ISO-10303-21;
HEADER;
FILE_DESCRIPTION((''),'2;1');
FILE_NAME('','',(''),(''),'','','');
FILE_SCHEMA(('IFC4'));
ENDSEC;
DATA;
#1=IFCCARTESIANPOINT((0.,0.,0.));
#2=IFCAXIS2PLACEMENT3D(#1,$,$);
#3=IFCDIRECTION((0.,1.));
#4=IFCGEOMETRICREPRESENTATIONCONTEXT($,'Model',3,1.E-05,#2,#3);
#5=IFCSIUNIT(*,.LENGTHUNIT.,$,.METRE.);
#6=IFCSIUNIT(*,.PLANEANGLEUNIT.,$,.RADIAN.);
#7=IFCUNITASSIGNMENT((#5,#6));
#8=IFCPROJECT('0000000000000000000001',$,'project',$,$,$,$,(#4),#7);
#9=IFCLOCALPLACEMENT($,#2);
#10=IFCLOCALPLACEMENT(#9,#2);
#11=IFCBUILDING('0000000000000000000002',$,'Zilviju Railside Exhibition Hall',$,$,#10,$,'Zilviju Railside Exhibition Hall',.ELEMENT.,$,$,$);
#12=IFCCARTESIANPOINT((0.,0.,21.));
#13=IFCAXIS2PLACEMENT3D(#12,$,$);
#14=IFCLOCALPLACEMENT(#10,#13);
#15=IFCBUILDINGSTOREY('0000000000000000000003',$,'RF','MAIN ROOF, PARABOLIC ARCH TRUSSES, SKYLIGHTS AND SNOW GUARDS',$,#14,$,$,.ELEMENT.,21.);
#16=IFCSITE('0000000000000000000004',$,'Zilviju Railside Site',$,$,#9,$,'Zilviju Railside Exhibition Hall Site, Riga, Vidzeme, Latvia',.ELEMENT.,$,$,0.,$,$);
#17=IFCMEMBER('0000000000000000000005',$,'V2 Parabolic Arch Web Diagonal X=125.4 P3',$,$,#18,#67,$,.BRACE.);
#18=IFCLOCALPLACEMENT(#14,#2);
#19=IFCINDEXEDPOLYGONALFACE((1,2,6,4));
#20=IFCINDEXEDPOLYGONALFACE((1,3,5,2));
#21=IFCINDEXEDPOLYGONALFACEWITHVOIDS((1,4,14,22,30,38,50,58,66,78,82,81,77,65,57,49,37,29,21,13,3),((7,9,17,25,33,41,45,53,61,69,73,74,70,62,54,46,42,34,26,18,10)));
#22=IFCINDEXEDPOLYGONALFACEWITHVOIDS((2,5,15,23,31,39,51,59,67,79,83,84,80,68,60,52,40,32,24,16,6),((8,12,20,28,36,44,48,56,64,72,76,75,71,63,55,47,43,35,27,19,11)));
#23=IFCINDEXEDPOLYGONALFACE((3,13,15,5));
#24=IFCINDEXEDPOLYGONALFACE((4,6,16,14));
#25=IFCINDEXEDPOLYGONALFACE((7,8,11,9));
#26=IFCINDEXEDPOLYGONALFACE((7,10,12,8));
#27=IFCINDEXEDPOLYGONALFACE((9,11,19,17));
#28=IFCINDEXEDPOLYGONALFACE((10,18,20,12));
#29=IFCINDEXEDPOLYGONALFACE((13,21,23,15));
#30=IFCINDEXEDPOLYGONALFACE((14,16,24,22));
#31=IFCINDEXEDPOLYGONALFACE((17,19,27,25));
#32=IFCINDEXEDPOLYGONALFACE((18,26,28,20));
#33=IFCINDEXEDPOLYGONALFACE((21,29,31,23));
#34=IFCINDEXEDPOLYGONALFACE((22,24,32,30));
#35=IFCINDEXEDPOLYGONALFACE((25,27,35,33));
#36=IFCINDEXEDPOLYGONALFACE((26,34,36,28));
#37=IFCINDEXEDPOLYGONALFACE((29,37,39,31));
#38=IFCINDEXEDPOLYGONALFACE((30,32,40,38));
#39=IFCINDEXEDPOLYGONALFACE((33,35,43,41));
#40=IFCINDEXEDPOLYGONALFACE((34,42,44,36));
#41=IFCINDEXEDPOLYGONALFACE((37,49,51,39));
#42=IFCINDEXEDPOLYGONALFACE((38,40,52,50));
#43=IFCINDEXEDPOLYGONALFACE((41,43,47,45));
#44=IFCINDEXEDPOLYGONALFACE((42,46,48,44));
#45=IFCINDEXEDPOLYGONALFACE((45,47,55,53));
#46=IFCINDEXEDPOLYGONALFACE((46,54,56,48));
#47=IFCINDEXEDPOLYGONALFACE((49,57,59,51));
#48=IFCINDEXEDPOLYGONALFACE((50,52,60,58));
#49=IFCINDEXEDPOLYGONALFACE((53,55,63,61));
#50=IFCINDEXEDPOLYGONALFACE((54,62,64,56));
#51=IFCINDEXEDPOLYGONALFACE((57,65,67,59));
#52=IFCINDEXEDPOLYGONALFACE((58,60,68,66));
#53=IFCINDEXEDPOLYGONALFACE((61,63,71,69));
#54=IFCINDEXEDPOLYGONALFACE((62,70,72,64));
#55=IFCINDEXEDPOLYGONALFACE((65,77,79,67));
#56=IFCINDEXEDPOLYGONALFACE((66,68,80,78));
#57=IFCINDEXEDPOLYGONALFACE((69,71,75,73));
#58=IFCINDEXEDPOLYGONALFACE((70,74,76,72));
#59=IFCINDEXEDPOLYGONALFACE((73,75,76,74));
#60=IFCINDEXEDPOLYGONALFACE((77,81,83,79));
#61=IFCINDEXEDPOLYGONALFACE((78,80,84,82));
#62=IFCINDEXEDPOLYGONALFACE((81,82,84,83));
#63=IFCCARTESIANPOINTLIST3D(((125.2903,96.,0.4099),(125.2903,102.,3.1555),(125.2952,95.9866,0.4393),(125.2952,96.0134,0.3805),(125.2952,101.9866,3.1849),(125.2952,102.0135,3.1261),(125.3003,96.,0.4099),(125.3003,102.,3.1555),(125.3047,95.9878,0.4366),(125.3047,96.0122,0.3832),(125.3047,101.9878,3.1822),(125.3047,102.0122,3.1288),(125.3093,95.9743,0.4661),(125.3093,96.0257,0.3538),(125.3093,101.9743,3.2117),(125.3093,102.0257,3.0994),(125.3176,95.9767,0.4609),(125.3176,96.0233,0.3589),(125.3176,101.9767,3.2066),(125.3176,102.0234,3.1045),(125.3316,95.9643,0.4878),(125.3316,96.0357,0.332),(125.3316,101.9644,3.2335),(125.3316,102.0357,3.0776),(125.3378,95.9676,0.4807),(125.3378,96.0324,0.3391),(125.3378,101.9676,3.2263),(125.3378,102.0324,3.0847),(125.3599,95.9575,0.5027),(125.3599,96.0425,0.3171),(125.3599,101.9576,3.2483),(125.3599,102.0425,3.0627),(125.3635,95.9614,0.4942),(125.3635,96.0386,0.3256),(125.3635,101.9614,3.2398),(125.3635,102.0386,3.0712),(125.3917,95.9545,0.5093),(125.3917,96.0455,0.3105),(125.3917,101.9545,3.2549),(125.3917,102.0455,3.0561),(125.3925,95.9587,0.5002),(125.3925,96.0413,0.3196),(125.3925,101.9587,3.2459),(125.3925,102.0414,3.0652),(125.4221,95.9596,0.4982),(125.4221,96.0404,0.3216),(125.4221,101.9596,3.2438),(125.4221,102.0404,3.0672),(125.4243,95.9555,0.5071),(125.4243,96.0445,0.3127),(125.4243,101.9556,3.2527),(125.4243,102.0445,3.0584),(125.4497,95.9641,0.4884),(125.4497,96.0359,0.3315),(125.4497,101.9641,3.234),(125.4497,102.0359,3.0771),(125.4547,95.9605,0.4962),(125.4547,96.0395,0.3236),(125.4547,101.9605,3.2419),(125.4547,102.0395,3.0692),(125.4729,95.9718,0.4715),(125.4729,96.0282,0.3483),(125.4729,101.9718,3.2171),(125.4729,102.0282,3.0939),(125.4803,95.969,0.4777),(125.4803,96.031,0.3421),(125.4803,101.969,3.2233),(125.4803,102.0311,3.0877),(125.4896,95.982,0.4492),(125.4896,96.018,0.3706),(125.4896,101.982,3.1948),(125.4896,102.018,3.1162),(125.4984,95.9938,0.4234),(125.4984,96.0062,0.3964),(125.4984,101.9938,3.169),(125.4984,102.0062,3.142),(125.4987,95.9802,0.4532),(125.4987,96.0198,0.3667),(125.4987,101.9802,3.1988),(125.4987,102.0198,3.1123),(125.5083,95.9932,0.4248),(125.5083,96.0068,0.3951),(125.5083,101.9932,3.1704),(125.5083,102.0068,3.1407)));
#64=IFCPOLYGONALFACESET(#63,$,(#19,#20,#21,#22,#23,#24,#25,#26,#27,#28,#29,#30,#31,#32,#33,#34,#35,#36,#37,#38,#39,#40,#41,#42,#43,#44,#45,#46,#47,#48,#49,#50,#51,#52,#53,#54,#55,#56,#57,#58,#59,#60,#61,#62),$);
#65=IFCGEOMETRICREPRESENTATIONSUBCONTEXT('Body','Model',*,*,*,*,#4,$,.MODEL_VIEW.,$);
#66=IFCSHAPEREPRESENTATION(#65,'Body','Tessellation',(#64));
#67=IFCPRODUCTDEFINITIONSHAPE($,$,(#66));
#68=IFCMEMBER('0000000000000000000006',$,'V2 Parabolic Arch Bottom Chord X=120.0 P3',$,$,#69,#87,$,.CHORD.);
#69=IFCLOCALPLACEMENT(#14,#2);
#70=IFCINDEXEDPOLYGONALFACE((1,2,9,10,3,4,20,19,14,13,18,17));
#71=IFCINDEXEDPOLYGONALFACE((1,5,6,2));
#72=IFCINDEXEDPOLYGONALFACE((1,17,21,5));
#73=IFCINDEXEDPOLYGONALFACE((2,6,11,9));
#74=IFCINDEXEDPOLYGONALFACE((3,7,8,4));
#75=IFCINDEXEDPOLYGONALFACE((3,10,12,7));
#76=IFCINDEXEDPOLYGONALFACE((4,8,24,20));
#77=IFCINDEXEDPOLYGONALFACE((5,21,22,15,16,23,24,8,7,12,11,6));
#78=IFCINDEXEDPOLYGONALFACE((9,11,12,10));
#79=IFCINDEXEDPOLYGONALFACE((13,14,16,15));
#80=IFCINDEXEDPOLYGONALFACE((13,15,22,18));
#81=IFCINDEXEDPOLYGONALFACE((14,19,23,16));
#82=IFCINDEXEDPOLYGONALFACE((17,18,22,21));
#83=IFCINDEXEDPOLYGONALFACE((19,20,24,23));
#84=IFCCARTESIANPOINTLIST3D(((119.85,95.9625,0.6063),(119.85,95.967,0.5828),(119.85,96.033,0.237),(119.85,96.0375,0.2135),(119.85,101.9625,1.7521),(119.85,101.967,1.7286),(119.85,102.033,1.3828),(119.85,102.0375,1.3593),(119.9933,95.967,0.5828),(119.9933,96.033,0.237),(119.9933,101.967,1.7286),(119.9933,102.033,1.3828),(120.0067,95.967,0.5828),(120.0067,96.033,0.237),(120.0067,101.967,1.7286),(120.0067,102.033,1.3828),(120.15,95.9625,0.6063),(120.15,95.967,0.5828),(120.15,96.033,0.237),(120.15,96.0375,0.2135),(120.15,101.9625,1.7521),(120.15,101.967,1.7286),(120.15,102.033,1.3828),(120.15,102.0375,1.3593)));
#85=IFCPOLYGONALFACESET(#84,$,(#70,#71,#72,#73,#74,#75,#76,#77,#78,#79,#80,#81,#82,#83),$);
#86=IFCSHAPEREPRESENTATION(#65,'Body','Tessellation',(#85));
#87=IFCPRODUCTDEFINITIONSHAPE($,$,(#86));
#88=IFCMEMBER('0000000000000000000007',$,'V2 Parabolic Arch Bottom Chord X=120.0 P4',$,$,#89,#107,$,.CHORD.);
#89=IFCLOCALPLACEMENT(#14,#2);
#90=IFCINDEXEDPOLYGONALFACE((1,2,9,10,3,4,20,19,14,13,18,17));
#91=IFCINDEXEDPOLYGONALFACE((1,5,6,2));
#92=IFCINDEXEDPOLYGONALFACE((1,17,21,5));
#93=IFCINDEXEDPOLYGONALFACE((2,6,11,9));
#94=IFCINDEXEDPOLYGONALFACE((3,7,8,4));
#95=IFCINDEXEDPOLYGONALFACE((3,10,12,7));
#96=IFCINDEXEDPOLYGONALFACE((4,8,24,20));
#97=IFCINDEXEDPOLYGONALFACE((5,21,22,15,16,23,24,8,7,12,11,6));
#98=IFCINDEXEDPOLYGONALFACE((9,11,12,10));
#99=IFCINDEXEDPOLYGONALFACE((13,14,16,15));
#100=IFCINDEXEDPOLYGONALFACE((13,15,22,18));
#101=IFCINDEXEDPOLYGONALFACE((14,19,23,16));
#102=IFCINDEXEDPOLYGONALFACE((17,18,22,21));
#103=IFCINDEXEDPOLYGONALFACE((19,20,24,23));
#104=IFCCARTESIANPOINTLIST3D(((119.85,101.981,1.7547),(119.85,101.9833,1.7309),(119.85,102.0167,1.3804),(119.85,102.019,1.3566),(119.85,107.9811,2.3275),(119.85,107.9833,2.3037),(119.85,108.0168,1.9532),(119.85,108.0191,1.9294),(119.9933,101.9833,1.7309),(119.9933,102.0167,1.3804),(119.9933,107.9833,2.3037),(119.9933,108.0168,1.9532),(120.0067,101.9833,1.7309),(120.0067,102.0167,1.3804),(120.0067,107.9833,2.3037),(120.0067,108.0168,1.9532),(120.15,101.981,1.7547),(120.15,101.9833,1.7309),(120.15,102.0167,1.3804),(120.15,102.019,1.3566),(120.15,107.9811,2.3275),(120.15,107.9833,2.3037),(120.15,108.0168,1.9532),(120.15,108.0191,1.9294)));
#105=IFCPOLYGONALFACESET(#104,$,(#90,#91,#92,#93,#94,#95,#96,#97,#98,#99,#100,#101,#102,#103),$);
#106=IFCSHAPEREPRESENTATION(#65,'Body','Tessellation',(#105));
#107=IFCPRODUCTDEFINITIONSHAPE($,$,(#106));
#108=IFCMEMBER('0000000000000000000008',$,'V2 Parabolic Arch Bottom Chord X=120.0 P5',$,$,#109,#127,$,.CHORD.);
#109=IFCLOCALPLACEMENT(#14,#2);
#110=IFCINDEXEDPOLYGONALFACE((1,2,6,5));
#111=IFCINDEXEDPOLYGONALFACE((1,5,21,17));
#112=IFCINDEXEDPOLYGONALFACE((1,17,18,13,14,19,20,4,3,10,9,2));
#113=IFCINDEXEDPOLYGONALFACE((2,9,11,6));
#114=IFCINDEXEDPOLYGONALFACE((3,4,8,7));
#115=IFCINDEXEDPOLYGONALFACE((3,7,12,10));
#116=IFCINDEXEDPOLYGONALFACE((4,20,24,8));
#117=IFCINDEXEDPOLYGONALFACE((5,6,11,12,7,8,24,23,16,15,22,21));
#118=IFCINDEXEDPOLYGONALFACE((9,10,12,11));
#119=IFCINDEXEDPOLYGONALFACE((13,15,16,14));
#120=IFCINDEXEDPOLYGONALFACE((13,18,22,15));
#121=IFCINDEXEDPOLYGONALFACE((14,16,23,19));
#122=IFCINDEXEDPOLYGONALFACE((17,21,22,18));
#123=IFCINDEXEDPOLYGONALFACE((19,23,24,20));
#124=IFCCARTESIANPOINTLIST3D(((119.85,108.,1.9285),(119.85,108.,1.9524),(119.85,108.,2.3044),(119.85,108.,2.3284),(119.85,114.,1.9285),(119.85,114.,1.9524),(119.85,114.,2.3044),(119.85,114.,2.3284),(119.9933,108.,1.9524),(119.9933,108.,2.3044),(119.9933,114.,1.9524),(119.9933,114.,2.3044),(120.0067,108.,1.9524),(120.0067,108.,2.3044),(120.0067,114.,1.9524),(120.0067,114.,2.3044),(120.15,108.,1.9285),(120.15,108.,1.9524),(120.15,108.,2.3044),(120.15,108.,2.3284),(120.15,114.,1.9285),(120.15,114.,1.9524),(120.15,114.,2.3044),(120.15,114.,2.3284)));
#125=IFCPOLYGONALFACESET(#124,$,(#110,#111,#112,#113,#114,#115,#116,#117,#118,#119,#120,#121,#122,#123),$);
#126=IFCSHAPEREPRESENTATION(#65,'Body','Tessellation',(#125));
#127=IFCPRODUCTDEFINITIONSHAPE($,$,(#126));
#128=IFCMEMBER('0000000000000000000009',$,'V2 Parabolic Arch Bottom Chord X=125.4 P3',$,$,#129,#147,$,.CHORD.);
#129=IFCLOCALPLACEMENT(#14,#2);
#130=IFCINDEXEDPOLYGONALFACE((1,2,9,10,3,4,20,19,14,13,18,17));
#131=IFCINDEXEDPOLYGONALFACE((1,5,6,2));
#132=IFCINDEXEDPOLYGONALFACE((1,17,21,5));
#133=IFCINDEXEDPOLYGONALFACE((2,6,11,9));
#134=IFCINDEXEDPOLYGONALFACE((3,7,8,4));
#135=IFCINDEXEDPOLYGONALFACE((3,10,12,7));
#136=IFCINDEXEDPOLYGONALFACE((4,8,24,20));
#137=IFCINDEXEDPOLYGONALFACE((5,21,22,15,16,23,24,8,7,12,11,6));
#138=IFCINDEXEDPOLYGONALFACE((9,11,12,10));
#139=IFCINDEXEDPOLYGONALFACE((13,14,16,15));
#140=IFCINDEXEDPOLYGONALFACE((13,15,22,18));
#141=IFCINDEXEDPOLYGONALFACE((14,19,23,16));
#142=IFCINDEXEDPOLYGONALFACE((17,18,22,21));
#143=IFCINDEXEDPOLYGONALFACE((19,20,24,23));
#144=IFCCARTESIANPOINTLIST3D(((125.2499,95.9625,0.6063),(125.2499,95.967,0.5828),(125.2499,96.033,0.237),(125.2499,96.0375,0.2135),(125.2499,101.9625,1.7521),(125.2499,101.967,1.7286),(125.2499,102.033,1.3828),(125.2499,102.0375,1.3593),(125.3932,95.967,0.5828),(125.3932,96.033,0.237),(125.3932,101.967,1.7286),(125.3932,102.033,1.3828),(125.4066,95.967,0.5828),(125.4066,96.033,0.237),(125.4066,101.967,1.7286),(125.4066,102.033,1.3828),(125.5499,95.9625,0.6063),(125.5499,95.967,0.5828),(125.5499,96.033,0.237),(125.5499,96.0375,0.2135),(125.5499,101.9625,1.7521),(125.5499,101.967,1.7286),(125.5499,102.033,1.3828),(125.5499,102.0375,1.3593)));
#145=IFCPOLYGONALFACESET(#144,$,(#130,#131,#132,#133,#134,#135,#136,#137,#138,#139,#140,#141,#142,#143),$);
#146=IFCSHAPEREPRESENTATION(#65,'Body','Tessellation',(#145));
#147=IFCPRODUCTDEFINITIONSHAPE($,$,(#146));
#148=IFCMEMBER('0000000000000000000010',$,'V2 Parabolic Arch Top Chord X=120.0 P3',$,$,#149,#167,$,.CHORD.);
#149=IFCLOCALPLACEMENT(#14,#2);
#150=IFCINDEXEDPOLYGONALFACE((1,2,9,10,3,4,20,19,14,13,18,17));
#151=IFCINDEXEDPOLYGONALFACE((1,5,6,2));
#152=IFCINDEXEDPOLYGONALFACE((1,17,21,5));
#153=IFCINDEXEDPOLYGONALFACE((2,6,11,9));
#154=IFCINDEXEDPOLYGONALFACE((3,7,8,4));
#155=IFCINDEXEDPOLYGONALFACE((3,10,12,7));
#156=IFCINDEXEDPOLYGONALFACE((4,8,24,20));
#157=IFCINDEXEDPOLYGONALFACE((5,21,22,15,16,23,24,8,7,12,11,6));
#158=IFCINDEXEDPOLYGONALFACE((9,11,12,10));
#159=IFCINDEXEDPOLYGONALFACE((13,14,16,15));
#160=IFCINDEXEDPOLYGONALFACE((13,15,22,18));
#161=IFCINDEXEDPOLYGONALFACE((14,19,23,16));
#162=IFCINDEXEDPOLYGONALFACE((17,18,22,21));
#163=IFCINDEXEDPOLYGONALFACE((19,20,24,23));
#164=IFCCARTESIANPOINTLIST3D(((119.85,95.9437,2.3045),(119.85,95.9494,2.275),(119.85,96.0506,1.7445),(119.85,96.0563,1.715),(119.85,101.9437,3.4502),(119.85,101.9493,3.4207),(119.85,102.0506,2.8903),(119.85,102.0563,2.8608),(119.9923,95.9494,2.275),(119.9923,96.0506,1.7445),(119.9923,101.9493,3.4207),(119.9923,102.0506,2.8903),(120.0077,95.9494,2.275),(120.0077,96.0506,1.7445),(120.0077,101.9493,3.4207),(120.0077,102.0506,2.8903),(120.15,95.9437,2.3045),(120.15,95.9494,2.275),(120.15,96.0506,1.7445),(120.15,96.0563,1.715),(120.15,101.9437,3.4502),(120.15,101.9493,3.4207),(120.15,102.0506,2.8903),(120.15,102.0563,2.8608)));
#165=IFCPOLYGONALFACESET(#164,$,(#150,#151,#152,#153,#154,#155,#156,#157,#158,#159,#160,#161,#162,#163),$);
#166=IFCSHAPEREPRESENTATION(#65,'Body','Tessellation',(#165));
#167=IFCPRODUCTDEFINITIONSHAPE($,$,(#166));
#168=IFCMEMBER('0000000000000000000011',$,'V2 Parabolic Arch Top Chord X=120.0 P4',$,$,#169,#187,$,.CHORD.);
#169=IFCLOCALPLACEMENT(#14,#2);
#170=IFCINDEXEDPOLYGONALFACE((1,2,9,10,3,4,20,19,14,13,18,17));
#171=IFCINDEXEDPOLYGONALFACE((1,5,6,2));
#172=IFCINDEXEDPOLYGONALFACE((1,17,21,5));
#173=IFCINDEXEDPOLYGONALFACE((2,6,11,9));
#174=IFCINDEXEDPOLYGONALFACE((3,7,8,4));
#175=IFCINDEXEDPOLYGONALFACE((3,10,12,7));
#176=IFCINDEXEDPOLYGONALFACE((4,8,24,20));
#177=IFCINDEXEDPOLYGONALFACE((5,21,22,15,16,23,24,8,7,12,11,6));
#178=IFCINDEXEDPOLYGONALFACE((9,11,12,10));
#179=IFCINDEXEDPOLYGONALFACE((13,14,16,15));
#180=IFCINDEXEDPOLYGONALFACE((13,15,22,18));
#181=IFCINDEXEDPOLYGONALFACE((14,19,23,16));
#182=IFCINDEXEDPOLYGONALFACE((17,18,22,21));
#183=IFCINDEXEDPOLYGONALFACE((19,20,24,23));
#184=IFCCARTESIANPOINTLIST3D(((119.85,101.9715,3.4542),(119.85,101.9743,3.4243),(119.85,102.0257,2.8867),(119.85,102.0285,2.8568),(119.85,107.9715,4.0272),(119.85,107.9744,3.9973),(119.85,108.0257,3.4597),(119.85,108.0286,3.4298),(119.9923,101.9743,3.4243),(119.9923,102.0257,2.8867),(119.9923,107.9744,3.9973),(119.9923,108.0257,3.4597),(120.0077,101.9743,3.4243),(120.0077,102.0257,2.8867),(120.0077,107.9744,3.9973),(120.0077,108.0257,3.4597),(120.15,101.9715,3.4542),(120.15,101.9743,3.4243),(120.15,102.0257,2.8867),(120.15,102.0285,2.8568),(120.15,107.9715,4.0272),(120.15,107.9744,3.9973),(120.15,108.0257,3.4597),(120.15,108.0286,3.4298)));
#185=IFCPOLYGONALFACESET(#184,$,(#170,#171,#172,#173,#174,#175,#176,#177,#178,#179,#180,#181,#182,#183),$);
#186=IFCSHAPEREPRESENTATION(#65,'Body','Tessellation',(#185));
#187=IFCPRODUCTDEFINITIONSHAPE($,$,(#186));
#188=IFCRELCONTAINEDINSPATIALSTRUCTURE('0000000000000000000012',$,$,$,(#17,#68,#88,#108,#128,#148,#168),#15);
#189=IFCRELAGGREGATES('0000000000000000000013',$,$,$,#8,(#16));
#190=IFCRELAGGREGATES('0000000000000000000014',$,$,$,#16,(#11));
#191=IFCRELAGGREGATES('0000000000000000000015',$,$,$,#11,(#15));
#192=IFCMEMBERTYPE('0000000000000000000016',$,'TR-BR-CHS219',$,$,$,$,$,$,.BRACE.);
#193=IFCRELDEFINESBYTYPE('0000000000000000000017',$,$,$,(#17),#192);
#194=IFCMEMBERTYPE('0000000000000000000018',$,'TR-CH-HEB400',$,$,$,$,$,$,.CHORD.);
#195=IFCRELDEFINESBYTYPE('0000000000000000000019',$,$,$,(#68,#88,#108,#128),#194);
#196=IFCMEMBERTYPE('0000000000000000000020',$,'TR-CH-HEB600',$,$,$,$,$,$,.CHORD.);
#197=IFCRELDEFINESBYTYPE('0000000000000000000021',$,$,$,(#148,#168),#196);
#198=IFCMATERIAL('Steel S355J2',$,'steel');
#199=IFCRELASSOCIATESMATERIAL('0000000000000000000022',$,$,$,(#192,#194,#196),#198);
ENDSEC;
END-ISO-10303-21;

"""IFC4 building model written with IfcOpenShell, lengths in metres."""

from ifc_helpers import new_model, si_unit, direction, frame, origin, origin_2d, place, context, subcontext, project, spatial, hollow_circle, i_section, extrude, material, material_profile, profile_set, type_object, element, save


model = new_model("IFC4")

# Units and contexts
model_context = context("Model", 3, precision=1e-05, world=origin(), true_north=direction((0.0, 1.0)))
body_context = subcontext(model_context, "Body", "Model", "MODEL_VIEW")
ifc_project = project(units=[si_unit("LENGTHUNIT", "METRE"), si_unit("PLANEANGLEUNIT", "RADIAN")], contexts=[model_context])

# Site, building, storey
site_placement = place(None, origin())
site = spatial("IfcSite", under=ifc_project, at=site_placement, Name="Zilviju Railside Site", LongName="Zilviju Railside Exhibition Hall Site, Riga, Vidzeme, Latvia", CompositionType="ELEMENT", RefElevation=0.0)
building_placement = place(site_placement, origin())
building = spatial("IfcBuilding", under=site, at=building_placement, Name="Zilviju Railside Exhibition Hall", LongName="Zilviju Railside Exhibition Hall", CompositionType="ELEMENT")
storey_placement = place(building_placement, frame((0.0, 0.0, 21.0)))
storey = spatial("IfcBuildingStorey", under=building, at=storey_placement, Name="RF", Description="MAIN ROOF, PARABOLIC ARCH TRUSSES, SKYLIGHTS AND SNOW GUARDS", CompositionType="ELEMENT", Elevation=21.0)

# Members
ifc_material_1 = material(Name="Steel S355J2", Category="steel")
ifc_material_profile_1 = material_profile(ifc_material_1, hollow_circle(Radius=0.1096, WallThickness=0.01, at=origin_2d()), Name="CHS 219.1x10.0")
ifc_profile_set_1 = profile_set([ifc_material_profile_1], Name="Steel S355J2")
member_type_1 = type_object("IfcMemberType", Name="TR-BR-CHS219", PredefinedType="BRACE", material=ifc_profile_set_1)
member_1_placement = place(storey_placement, frame((125.3999, 96.0, 0.4099), z_axis=(0.0, 0.909317, 0.416104), x_axis=(-1.0, 0.0, 0.0)))
element("IfcMember", 1, at=member_1_placement, inside=storey, type_object=member_type_1, Name="V2 Parabolic Arch Web Diagonal X=125.4 P3", PredefinedType="BRACE", context=body_context, shape_type="SweptSolid", body=[
    extrude(hollow_circle(Radius=0.1096, WallThickness=0.01, at=origin_2d()), origin(), (0.0, 0.0, 1.0), 6.5984),
])
ifc_material_profile_2 = material_profile(ifc_material_1, i_section(OverallWidth=0.3, OverallDepth=0.3999, WebThickness=0.0134, FlangeThickness=0.0239, at=origin_2d()), Name="HEB 400")
ifc_profile_set_2 = profile_set([ifc_material_profile_2], Name="Steel S355J2")
member_type_2 = type_object("IfcMemberType", Name="TR-CH-HEB400", PredefinedType="CHORD", material=ifc_profile_set_2)
member_2_placement = place(storey_placement, frame((120.0, 96.0, 0.4099), z_axis=(0.0, 0.982251, 0.187569), x_axis=(-1.0, 0.0, 0.0)))
element("IfcMember", 2, at=member_2_placement, inside=storey, type_object=member_type_2, Name="V2 Parabolic Arch Bottom Chord X=120.0 P3", PredefinedType="CHORD", context=body_context, shape_type="SweptSolid", body=[
    extrude(i_section(OverallWidth=0.3, OverallDepth=0.3999, WebThickness=0.0134, FlangeThickness=0.0239, at=origin_2d()), origin(), (0.0, 0.0, 1.0), 6.1084),
])
member_3_placement = place(storey_placement, frame((120.0, 102.0, 1.5557), z_axis=(0.0, 0.995475, 0.095027), x_axis=(-1.0, 0.0, 0.0)))
element("IfcMember", 3, at=member_3_placement, inside=storey, type_object=member_type_2, Name="V2 Parabolic Arch Bottom Chord X=120.0 P4", PredefinedType="CHORD", context=body_context, shape_type="SweptSolid", body=[
    extrude(i_section(OverallWidth=0.3, OverallDepth=0.3999, WebThickness=0.0134, FlangeThickness=0.0239, at=origin_2d()), origin(), (0.0, 0.0, 1.0), 6.0273),
])
member_4_placement = place(storey_placement, frame((120.0, 108.0, 2.1284), z_axis=(0.0, 1.0, 0.0), x_axis=(-1.0, 0.0, 0.0)))
element("IfcMember", 4, at=member_4_placement, inside=storey, type_object=member_type_2, Name="V2 Parabolic Arch Bottom Chord X=120.0 P5", PredefinedType="CHORD", context=body_context, shape_type="SweptSolid", body=[
    extrude(i_section(OverallWidth=0.3, OverallDepth=0.3999, WebThickness=0.0134, FlangeThickness=0.0239, at=origin_2d()), origin(), (0.0, 0.0, 1.0), 6.0),
])
member_5_placement = place(storey_placement, frame((125.3999, 96.0, 0.4099), z_axis=(0.0, 0.982251, 0.187569), x_axis=(-1.0, 0.0, 0.0)))
element("IfcMember", 5, at=member_5_placement, inside=storey, type_object=member_type_2, Name="V2 Parabolic Arch Bottom Chord X=125.4 P3", PredefinedType="CHORD", context=body_context, shape_type="SweptSolid", body=[
    extrude(i_section(OverallWidth=0.3, OverallDepth=0.3999, WebThickness=0.0134, FlangeThickness=0.0239, at=origin_2d()), origin(), (0.0, 0.0, 1.0), 6.1084),
])
ifc_material_profile_3 = material_profile(ifc_material_1, i_section(OverallWidth=0.3, OverallDepth=0.6001, WebThickness=0.0154, FlangeThickness=0.03, at=origin_2d()), Name="HEB 600")
ifc_profile_set_3 = profile_set([ifc_material_profile_3], Name="Steel S355J2")
member_type_3 = type_object("IfcMemberType", Name="TR-CH-HEB600", PredefinedType="CHORD", material=ifc_profile_set_3)
member_6_placement = place(storey_placement, frame((120.0, 96.0, 2.0098), z_axis=(0.0, 0.982251, 0.187569), x_axis=(-1.0, 0.0, 0.0)))
element("IfcMember", 6, at=member_6_placement, inside=storey, type_object=member_type_3, Name="V2 Parabolic Arch Top Chord X=120.0 P3", PredefinedType="CHORD", context=body_context, shape_type="SweptSolid", body=[
    extrude(i_section(OverallWidth=0.3, OverallDepth=0.6001, WebThickness=0.0154, FlangeThickness=0.03, at=origin_2d()), origin(), (0.0, 0.0, 1.0), 6.1084),
])
member_7_placement = place(storey_placement, frame((120.0, 102.0, 3.1555), z_axis=(0.0, 0.995471, 0.095067), x_axis=(-1.0, 0.0, 0.0)))
element("IfcMember", 7, at=member_7_placement, inside=storey, type_object=member_type_3, Name="V2 Parabolic Arch Top Chord X=120.0 P4", PredefinedType="CHORD", context=body_context, shape_type="SweptSolid", body=[
    extrude(i_section(OverallWidth=0.3, OverallDepth=0.6001, WebThickness=0.0154, FlangeThickness=0.03, at=origin_2d()), origin(), (0.0, 0.0, 1.0), 6.0273),
])

save(model, "model.ifc")
